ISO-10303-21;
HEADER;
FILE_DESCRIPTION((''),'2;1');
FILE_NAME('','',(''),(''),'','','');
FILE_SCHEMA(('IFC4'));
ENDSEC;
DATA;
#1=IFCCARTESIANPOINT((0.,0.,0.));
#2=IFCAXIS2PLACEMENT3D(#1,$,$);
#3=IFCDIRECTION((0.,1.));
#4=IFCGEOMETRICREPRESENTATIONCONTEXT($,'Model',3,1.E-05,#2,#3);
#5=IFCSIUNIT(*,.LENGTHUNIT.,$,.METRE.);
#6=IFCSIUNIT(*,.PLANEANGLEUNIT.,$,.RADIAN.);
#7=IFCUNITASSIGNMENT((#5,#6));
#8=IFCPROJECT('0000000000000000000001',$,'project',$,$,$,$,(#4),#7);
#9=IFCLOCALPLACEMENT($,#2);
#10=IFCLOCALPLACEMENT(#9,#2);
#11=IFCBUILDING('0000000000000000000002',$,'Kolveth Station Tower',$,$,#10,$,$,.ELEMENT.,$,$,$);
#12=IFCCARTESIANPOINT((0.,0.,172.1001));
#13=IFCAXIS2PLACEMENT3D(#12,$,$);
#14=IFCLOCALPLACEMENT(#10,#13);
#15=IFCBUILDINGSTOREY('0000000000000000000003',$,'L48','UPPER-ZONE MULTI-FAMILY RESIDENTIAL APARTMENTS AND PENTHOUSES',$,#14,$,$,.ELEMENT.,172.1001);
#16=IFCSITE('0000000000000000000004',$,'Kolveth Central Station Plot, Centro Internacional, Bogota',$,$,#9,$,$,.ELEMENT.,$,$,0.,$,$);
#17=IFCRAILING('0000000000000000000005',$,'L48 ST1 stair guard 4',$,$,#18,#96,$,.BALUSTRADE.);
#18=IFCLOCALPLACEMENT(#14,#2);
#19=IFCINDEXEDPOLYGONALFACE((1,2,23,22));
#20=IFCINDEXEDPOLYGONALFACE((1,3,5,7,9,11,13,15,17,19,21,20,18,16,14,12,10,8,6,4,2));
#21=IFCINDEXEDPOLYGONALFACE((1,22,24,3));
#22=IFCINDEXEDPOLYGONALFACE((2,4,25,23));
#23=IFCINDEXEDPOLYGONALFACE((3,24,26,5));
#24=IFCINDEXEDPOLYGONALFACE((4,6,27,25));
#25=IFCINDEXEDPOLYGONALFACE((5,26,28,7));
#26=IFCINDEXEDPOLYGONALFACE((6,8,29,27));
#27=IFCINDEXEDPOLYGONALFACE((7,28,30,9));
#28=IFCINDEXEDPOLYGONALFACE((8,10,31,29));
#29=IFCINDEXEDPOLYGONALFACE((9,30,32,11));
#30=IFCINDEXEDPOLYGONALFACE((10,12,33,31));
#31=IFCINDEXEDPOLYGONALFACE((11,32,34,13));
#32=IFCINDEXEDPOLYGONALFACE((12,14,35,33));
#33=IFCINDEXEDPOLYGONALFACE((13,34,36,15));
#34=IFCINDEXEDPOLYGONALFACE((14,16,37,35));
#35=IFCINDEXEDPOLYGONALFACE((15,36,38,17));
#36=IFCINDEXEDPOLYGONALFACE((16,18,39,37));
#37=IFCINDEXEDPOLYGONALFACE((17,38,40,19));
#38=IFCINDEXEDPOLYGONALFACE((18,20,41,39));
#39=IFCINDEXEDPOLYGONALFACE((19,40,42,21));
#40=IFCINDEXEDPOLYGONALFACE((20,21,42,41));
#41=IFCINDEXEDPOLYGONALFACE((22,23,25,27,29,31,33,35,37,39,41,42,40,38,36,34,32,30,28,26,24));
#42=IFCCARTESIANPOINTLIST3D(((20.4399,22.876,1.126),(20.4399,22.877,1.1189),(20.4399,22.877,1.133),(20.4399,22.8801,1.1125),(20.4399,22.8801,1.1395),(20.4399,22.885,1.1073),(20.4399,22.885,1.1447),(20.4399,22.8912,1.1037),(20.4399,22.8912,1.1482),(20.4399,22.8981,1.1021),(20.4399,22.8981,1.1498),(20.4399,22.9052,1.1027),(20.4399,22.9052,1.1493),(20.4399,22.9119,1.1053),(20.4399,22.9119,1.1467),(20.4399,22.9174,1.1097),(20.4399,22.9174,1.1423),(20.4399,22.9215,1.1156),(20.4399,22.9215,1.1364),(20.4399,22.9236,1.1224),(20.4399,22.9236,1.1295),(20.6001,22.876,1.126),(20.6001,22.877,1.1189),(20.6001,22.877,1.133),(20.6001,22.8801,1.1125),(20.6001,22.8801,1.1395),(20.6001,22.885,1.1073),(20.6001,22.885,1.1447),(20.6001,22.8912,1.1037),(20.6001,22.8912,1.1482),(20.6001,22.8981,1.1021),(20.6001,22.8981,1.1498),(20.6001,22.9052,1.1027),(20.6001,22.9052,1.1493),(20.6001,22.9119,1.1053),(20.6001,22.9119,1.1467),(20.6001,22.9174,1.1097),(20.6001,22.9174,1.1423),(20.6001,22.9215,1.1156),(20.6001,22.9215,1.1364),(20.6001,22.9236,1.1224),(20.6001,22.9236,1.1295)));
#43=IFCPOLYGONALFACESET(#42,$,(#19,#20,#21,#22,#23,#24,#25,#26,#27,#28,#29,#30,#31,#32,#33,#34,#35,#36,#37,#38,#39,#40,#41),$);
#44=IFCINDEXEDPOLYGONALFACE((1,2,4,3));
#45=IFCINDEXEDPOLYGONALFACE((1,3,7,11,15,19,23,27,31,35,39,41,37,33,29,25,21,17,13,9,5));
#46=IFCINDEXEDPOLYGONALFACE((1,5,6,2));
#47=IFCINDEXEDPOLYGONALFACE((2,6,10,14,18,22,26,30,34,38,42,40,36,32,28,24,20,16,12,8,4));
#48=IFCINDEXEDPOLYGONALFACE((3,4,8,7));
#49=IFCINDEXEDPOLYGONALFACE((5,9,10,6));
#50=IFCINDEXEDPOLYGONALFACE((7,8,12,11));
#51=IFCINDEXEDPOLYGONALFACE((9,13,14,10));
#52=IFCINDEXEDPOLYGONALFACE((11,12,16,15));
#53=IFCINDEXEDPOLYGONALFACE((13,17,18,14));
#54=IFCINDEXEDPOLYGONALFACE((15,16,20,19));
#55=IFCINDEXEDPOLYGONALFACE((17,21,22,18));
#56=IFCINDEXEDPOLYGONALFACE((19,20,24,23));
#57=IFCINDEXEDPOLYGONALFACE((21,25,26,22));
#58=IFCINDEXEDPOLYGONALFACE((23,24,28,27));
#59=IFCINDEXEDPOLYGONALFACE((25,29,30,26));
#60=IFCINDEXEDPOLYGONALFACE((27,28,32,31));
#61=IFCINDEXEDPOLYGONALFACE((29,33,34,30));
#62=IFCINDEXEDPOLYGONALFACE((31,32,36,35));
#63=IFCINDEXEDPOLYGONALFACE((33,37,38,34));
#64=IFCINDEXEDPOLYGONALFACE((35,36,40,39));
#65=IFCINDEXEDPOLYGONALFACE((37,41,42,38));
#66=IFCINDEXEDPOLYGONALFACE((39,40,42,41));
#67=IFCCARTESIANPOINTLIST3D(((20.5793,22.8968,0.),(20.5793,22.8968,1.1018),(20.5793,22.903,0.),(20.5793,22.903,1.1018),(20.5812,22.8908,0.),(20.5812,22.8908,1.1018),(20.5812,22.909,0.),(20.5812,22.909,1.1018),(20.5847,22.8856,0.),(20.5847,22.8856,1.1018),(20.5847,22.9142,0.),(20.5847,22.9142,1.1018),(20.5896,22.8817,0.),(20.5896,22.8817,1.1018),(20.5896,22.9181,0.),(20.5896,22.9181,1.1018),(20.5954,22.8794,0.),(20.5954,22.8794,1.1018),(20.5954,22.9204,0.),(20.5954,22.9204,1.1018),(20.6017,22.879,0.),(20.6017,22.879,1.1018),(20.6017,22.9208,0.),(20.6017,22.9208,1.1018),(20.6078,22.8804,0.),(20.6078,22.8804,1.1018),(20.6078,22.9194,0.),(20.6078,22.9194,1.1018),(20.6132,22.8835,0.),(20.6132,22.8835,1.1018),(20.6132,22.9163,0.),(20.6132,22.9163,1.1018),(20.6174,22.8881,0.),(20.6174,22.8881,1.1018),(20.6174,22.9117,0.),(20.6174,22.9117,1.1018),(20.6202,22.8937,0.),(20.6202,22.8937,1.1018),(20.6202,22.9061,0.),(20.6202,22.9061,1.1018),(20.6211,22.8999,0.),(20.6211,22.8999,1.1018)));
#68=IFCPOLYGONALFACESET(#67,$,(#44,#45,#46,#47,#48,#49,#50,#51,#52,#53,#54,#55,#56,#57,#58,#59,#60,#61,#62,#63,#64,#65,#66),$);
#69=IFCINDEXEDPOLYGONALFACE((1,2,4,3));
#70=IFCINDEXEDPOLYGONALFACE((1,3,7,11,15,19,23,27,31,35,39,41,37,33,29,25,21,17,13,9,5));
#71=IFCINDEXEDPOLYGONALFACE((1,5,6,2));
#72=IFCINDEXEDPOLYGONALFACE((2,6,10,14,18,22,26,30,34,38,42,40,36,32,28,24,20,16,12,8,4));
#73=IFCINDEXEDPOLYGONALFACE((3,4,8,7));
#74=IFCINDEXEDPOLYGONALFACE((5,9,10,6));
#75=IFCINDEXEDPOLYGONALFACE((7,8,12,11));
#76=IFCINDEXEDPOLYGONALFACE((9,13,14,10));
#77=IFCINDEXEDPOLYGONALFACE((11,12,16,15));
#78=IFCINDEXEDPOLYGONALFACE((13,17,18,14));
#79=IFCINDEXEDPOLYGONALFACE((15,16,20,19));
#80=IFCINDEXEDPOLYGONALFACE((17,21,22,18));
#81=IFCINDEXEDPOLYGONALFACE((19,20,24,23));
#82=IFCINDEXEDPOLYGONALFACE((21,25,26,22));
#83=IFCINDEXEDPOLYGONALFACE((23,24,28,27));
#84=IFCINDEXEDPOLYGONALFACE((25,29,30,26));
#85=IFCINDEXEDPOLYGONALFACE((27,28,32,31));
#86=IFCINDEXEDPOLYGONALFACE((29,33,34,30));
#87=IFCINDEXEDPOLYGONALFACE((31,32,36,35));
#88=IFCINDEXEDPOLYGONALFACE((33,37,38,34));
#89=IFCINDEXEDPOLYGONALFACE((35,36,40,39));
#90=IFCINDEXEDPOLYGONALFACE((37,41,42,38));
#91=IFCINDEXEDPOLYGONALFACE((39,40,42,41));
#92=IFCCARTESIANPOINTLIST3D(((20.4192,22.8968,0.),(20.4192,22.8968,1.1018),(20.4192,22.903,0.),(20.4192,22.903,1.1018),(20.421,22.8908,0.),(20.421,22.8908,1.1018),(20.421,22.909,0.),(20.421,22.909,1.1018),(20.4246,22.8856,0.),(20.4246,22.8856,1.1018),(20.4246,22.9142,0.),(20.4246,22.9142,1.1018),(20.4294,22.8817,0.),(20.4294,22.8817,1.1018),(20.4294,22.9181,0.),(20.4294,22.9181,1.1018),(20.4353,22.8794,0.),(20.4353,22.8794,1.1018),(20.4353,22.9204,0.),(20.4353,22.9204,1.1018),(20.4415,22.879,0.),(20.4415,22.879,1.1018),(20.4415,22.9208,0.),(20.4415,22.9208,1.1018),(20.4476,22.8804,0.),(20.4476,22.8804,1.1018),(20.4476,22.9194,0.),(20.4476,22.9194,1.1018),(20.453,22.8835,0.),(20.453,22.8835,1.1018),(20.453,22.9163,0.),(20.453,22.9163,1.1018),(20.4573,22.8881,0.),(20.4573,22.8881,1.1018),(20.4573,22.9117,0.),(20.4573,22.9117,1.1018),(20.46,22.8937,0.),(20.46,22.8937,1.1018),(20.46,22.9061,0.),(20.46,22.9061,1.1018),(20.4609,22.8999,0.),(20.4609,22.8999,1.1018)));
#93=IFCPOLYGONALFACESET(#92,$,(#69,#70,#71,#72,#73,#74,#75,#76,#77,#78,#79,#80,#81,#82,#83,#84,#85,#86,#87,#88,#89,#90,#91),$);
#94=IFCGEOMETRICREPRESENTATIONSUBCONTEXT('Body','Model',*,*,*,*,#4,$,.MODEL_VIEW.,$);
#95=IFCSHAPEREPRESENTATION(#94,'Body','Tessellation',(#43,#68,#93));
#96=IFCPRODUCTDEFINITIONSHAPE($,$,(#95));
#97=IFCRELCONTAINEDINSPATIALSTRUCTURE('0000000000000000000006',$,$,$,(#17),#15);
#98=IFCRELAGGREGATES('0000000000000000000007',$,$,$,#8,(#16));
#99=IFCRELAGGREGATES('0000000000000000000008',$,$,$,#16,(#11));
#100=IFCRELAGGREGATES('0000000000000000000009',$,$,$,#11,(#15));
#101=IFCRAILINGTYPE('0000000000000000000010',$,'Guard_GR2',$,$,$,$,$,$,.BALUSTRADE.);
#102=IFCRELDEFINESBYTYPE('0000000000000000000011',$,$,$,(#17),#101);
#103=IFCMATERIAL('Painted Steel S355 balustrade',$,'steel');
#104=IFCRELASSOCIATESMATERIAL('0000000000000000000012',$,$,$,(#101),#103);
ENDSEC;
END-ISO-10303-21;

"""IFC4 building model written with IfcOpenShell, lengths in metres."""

from ifc_helpers import new_model, si_unit, direction, frame, origin, origin_2d, place, context, subcontext, project, spatial, circle, extrude, material, type_object, element, save


model = new_model("IFC4")

# Units and contexts
model_context = context("Model", 3, precision=1e-05, world=origin(), true_north=direction((0.0, 1.0)))
body_context = subcontext(model_context, "Body", "Model", "MODEL_VIEW")
ifc_project = project(units=[si_unit("LENGTHUNIT", "METRE"), si_unit("PLANEANGLEUNIT", "RADIAN")], contexts=[model_context])

# Site, building, storey
site_placement = place(None, origin())
site = spatial("IfcSite", under=ifc_project, at=site_placement, Name="Kolveth Central Station Plot, Centro Internacional, Bogota", CompositionType="ELEMENT", RefElevation=0.0)
building_placement = place(site_placement, origin())
building = spatial("IfcBuilding", under=site, at=building_placement, Name="Kolveth Station Tower", CompositionType="ELEMENT")
storey_placement = place(building_placement, frame((0.0, 0.0, 172.1001)))
storey = spatial("IfcBuildingStorey", under=building, at=storey_placement, Name="L48", Description="UPPER-ZONE MULTI-FAMILY RESIDENTIAL APARTMENTS AND PENTHOUSES", CompositionType="ELEMENT", Elevation=172.1001)

# Railing
ifc_material_1 = material(Name="Painted Steel S355 balustrade", Category="steel")
railing_type_1 = type_object("IfcRailingType", Name="Guard_GR2", PredefinedType="BALUSTRADE", material=ifc_material_1)
railing_1_placement = place(storey_placement, frame((20.6001, 22.8999, 0.0)))
element("IfcRailing", 1, at=railing_1_placement, inside=storey, type_object=railing_type_1, Name="L48 ST1 stair guard 4", PredefinedType="BALUSTRADE", context=body_context, shape_type="SweptSolid", body=[
    extrude(circle(Radius=0.0239, at=origin_2d()), frame((0.0, 0.0, 1.126), z_axis=(-1.0, 0.0, 0.0), x_axis=(0.0, -1.0, 0.0)), (0.0, 0.0, 1.0), 0.1602),
    extrude(circle(Radius=0.021, at=origin_2d()), origin(), (0.0, 0.0, 1.0), 1.1018),
    extrude(circle(Radius=0.021, at=origin_2d()), frame((-0.1602, 0.0, 0.0)), (0.0, 0.0, 1.0), 1.1018),
])

save(model, "model.ifc")
